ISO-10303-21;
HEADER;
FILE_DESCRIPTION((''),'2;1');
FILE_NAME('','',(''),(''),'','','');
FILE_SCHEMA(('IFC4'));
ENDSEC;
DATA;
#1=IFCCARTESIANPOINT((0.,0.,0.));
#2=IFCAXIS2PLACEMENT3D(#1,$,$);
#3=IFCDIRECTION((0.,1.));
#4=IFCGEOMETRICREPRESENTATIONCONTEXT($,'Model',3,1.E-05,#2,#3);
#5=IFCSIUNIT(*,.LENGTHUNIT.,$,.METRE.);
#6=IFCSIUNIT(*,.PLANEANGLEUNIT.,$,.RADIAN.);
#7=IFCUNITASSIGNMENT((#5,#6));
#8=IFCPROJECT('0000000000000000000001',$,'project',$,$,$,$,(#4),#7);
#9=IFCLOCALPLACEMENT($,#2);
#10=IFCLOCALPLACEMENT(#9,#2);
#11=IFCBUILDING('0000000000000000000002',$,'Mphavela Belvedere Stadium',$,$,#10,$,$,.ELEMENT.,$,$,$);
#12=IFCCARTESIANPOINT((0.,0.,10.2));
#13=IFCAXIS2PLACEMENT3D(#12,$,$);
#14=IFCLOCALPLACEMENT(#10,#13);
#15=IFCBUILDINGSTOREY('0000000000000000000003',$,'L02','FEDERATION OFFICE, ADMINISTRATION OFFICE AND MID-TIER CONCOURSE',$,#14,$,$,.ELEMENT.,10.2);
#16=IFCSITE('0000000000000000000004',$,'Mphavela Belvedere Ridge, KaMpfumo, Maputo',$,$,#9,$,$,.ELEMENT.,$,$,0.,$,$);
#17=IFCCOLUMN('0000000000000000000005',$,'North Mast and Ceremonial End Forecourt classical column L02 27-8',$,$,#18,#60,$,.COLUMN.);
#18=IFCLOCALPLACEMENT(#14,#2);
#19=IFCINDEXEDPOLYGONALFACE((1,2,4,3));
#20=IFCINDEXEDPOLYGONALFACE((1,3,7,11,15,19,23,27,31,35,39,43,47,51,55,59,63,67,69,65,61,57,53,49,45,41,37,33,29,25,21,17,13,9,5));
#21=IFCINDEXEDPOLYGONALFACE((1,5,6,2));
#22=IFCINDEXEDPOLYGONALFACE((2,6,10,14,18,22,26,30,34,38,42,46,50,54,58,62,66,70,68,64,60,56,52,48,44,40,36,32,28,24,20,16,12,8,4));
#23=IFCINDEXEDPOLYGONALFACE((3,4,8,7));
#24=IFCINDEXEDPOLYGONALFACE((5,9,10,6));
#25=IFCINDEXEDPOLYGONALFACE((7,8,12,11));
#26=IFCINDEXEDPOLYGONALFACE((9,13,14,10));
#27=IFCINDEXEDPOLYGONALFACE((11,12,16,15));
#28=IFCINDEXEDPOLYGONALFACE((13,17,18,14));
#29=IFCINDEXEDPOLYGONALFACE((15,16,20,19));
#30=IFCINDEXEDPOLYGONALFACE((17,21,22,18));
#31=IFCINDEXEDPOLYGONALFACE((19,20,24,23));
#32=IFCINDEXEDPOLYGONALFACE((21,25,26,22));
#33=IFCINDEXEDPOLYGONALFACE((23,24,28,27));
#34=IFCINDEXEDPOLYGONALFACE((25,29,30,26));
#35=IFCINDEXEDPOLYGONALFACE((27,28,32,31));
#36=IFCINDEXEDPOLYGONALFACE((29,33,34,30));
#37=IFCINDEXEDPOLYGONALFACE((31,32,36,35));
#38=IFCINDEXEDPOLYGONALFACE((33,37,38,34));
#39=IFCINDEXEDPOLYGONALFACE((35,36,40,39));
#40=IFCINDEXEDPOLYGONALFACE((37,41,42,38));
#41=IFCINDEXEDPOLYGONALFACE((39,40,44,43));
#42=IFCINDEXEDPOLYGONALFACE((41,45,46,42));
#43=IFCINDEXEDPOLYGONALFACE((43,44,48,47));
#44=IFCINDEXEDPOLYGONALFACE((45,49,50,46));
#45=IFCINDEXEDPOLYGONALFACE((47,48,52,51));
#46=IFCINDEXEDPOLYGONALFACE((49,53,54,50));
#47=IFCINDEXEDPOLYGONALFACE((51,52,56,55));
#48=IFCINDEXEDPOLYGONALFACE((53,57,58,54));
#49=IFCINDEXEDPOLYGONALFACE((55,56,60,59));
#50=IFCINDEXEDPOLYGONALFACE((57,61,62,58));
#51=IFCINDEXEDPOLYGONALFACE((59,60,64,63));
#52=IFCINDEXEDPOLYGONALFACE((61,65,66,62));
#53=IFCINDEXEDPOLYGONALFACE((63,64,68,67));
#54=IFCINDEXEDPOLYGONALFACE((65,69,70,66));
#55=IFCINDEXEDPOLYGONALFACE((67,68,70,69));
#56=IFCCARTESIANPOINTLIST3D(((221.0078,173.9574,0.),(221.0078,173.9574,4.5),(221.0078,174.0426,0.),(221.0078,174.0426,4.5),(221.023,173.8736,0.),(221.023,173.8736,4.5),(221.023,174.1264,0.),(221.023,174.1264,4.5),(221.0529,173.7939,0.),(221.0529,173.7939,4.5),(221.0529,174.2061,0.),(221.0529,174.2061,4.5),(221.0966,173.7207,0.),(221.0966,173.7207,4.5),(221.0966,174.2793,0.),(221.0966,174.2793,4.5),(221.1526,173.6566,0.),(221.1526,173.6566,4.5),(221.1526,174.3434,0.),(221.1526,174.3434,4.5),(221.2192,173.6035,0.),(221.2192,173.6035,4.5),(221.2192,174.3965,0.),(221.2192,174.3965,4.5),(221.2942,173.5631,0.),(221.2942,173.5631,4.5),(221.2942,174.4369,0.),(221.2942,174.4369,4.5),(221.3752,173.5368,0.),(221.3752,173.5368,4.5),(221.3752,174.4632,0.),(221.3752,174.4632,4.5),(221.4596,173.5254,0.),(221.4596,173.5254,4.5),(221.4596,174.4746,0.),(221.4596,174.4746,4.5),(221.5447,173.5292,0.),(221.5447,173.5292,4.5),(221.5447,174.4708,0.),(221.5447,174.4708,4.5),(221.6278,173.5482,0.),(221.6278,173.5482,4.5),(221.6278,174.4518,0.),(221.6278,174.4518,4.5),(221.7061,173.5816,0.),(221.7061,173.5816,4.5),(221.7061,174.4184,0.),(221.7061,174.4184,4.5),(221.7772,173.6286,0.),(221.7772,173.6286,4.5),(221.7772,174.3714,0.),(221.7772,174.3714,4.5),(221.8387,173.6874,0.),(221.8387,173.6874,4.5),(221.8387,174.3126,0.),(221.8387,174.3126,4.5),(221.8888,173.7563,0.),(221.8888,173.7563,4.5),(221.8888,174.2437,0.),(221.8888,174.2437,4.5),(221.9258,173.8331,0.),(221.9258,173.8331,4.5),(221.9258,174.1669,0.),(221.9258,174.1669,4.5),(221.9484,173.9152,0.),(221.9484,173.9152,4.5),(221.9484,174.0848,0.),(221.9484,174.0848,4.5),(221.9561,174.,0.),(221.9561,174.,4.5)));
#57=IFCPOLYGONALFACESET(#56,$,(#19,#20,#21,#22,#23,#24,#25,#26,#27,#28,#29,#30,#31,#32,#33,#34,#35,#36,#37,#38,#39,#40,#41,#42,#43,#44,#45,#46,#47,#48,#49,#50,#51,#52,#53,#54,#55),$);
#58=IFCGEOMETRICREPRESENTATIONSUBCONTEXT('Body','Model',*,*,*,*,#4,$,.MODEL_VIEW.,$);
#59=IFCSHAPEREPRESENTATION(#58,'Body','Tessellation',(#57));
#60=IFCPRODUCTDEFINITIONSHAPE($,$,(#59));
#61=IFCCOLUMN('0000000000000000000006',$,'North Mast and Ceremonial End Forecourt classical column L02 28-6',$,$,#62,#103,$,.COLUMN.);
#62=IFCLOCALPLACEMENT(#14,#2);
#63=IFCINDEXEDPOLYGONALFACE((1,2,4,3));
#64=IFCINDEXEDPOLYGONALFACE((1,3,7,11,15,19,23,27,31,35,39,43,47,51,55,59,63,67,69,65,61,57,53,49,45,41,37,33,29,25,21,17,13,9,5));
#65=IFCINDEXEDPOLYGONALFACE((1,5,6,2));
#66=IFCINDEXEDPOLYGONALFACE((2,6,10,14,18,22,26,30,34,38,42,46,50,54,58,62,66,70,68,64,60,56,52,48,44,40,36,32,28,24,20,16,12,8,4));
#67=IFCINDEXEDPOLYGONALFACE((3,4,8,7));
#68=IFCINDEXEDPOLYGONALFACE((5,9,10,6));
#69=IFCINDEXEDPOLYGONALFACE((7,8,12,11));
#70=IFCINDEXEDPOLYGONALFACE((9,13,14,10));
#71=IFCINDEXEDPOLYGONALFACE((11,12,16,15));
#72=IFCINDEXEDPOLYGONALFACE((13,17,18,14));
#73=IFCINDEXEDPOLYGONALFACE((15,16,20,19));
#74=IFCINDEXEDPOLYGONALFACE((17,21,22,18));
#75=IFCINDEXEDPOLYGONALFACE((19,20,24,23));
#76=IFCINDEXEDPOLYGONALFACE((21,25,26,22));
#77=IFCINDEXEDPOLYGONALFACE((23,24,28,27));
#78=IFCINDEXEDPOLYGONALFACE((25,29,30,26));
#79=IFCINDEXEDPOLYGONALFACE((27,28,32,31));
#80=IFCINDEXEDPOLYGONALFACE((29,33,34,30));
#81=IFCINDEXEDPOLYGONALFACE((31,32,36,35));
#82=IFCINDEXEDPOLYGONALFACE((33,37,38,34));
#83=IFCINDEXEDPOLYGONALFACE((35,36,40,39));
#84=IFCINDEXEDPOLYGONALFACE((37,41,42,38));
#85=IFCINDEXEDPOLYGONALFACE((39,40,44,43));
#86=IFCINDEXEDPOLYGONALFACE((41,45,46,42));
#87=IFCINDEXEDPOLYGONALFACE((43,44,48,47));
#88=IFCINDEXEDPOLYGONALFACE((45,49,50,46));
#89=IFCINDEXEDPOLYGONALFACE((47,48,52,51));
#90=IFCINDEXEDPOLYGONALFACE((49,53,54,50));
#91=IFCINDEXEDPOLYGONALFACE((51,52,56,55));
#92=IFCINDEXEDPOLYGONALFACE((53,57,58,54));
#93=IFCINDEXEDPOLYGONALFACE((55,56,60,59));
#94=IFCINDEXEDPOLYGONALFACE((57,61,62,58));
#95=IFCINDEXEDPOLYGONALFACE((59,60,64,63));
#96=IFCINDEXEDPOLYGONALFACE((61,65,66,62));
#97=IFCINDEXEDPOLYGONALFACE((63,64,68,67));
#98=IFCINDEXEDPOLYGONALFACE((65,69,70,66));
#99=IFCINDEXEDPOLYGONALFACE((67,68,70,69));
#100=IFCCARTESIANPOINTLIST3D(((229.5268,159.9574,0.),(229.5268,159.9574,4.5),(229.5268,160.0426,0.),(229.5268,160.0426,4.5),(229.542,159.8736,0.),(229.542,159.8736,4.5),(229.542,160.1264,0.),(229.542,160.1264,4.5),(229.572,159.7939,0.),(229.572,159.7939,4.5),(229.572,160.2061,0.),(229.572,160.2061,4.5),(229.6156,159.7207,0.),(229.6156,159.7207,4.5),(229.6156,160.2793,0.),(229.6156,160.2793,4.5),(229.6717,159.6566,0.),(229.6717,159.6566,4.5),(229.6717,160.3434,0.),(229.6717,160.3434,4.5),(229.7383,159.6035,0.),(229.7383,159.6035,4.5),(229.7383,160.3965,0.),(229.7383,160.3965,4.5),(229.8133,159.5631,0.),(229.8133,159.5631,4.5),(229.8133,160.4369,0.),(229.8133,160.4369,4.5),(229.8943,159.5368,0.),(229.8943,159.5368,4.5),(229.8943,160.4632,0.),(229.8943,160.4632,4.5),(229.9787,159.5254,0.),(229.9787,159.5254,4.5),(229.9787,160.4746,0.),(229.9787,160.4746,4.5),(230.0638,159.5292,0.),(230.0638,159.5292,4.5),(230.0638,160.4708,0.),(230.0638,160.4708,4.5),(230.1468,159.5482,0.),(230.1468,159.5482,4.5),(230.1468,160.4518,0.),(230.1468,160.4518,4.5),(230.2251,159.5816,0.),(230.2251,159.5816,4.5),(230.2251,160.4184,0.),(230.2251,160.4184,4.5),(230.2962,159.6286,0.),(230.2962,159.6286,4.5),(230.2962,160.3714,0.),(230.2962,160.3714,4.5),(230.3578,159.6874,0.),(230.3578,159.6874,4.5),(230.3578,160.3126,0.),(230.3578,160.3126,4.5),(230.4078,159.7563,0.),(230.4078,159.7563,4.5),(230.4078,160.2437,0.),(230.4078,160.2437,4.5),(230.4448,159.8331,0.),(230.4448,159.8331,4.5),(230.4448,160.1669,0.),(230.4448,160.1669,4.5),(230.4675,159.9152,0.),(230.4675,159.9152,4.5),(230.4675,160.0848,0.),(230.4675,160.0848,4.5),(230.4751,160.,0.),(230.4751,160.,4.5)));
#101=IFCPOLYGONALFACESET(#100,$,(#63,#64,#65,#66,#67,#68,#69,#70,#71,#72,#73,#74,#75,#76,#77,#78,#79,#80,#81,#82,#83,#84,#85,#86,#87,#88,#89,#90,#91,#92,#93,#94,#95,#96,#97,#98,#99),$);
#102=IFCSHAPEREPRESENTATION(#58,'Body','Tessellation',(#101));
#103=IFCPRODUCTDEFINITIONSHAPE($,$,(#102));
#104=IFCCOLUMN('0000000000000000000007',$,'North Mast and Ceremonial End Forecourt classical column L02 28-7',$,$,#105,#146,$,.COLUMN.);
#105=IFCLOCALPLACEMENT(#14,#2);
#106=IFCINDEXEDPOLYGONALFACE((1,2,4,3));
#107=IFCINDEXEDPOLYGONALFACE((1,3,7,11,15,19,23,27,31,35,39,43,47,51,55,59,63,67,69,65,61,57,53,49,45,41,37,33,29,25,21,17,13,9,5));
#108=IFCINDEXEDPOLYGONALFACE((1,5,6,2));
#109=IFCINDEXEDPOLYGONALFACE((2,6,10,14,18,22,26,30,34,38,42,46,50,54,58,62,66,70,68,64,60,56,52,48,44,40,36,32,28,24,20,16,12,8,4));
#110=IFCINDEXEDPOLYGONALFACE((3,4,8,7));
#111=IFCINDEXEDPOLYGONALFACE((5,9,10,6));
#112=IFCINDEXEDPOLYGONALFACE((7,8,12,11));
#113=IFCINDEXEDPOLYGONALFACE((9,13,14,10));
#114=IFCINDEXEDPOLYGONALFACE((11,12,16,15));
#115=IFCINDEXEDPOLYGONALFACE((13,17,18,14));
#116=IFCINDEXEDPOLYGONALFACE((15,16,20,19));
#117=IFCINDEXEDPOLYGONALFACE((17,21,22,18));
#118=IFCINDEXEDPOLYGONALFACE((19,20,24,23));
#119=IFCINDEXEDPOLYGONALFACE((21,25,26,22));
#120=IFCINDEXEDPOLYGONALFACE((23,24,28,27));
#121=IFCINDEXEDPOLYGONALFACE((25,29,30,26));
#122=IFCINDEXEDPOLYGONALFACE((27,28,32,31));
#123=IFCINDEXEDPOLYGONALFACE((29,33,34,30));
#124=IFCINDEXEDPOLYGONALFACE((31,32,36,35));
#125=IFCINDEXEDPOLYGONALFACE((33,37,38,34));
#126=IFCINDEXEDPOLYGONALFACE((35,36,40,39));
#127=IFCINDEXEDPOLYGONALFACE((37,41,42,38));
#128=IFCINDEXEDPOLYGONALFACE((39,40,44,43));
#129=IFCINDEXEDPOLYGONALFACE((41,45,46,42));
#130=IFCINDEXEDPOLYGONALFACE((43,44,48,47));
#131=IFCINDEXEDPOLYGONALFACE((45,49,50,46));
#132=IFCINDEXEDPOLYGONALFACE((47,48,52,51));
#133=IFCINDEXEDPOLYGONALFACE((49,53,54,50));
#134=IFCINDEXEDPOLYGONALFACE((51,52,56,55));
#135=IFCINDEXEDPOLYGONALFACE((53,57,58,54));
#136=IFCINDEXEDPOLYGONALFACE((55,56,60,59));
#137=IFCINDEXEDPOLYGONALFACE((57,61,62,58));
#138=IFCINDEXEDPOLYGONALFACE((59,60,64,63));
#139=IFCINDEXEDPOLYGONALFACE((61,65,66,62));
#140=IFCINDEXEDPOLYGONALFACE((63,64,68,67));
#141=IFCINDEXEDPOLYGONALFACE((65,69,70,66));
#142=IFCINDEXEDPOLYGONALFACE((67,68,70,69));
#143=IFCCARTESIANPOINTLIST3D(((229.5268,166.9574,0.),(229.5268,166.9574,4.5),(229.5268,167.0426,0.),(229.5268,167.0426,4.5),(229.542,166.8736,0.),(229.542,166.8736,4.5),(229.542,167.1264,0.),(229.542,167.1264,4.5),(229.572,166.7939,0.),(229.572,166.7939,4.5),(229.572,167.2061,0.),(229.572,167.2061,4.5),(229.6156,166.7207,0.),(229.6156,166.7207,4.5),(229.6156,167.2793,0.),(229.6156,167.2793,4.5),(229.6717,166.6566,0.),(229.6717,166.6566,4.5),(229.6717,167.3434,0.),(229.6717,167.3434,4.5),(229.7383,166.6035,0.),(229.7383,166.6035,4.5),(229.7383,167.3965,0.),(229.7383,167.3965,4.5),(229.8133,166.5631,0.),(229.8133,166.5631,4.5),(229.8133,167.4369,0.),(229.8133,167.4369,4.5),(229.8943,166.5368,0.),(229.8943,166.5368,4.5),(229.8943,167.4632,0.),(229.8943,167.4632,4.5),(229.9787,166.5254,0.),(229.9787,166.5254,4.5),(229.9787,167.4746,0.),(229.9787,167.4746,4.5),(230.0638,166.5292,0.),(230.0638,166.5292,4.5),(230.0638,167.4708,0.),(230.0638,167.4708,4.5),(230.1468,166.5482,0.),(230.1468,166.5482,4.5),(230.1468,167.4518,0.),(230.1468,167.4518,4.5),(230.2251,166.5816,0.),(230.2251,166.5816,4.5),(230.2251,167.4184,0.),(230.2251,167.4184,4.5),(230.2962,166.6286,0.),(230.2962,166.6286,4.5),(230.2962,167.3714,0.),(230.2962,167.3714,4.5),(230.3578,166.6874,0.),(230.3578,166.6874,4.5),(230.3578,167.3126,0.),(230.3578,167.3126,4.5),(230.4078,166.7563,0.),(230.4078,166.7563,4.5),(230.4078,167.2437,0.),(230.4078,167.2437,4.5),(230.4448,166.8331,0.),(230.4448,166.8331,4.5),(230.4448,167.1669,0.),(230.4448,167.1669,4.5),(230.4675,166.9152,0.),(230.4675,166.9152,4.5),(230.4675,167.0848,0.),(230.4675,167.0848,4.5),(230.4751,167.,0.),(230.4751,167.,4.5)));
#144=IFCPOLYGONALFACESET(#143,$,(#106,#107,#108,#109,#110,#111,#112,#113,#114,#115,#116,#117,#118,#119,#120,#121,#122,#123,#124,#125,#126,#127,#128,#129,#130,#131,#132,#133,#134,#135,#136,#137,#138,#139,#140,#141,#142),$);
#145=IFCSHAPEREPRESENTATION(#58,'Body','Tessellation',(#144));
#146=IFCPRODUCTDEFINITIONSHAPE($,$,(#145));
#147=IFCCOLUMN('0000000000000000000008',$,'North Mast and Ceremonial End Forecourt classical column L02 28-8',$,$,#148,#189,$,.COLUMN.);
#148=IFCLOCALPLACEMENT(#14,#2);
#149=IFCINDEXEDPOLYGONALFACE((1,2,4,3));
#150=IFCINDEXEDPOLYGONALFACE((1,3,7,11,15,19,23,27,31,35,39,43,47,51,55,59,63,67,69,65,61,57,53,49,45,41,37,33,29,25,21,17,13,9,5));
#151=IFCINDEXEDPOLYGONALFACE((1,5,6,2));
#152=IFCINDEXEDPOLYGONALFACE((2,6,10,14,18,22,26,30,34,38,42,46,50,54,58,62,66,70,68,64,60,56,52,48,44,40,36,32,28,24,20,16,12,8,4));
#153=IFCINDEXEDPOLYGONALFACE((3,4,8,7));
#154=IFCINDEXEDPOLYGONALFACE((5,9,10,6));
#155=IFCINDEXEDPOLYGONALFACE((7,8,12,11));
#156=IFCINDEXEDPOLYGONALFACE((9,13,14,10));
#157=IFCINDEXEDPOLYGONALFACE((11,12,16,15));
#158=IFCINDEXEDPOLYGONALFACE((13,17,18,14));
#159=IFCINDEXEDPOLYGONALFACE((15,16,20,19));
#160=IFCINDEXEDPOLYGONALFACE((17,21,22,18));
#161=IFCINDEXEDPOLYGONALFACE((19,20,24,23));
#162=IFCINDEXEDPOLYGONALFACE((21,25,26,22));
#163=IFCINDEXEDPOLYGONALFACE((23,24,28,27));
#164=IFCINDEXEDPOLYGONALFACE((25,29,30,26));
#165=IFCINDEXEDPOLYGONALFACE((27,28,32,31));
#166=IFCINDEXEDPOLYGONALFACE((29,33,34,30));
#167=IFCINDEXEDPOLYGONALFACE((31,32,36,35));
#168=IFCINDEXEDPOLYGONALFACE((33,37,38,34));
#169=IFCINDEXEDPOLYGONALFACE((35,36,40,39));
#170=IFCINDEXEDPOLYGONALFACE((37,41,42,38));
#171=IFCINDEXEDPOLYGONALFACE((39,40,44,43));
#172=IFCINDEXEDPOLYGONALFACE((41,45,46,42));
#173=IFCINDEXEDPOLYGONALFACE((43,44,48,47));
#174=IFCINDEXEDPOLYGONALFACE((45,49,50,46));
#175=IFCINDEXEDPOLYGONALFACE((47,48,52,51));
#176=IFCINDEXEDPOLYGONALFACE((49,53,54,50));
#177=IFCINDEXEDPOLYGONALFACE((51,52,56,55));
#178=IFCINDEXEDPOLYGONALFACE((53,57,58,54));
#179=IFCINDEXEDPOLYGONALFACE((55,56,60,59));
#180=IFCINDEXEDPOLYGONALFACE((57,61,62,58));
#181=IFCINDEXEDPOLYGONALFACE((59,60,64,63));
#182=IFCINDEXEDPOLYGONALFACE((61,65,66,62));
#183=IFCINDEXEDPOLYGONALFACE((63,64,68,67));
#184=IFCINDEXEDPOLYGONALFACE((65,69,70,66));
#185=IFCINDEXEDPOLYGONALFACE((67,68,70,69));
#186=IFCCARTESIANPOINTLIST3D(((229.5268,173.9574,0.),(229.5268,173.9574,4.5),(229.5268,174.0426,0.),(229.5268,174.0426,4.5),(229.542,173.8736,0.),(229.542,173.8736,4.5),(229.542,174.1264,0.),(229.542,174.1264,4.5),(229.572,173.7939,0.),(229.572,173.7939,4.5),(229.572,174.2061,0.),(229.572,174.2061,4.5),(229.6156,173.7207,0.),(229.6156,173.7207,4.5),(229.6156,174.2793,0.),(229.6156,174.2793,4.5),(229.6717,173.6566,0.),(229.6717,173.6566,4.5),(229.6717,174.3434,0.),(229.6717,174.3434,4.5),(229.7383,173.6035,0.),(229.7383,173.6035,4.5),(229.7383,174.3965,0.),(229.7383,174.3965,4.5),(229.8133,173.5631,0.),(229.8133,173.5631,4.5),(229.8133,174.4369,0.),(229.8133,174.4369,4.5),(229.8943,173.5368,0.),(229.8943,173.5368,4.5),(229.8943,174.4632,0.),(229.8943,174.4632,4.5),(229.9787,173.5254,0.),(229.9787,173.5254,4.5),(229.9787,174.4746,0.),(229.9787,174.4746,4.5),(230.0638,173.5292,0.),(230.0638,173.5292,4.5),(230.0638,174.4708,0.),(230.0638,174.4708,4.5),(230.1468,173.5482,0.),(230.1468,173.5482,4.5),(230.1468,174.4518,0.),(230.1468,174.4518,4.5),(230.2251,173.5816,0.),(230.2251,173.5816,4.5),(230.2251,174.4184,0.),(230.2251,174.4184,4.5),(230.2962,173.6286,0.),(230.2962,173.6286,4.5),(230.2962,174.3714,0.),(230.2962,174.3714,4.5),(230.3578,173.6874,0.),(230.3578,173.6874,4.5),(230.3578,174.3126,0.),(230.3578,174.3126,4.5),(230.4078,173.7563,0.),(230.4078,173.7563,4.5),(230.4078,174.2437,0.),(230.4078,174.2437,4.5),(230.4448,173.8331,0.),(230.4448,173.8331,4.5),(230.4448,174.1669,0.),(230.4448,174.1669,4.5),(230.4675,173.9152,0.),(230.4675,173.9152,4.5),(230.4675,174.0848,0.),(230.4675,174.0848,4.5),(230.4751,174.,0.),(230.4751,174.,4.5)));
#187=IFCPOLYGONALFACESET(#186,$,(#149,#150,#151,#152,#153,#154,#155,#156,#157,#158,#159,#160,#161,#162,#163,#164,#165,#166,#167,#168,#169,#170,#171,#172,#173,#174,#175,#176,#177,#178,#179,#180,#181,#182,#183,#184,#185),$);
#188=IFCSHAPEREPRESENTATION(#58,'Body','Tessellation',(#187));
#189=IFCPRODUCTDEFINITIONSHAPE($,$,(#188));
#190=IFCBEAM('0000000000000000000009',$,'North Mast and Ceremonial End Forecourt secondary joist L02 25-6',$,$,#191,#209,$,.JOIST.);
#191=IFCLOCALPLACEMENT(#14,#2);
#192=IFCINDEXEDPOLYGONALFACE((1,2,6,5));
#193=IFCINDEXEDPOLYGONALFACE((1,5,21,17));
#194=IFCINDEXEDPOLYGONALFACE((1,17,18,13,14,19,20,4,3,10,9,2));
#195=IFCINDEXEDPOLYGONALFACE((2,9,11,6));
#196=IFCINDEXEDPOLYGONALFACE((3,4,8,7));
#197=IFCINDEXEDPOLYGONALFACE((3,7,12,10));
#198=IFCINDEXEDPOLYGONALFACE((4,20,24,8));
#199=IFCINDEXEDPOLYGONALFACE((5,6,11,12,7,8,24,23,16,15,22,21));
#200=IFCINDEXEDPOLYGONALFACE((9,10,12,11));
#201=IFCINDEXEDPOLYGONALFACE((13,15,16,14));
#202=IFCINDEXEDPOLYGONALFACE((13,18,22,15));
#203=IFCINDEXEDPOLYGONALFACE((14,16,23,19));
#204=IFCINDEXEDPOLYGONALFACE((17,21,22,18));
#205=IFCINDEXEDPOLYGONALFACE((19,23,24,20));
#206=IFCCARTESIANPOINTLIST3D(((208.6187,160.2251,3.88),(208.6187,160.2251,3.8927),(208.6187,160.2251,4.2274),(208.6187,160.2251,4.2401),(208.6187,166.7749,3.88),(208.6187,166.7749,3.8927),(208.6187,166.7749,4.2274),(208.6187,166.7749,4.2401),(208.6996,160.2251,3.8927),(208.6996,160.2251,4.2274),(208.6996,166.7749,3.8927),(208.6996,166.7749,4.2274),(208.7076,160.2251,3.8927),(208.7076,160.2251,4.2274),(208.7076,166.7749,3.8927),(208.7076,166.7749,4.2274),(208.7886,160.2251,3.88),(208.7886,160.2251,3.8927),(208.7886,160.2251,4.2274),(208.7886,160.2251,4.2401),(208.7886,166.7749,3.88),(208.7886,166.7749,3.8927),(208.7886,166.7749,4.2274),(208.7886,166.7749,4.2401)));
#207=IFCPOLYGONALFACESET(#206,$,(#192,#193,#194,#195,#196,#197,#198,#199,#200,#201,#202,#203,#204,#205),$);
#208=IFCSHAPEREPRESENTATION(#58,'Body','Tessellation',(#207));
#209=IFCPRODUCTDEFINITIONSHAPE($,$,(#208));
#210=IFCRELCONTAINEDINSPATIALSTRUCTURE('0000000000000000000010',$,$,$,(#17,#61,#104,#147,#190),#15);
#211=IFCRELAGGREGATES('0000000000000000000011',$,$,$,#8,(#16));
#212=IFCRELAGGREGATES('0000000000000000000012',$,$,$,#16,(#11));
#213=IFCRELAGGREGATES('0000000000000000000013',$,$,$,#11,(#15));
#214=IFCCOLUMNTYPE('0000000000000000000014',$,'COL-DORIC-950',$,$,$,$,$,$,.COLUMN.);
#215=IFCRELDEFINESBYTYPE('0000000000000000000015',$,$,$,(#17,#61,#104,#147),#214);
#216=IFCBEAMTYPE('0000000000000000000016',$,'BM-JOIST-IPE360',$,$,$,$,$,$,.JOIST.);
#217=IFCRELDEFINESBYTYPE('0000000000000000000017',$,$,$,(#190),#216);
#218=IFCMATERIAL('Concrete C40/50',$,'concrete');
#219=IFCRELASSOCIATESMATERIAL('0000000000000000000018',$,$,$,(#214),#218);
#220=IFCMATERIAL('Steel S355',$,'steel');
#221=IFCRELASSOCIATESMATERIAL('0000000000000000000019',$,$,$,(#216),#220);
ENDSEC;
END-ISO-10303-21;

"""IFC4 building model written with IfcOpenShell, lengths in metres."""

from ifc_helpers import new_model, si_unit, direction, frame, origin, origin_2d, place, context, subcontext, project, spatial, circle, i_section, extrude, material, material_profile, profile_set, type_object, element, save


model = new_model("IFC4")

# Units and contexts
model_context = context("Model", 3, precision=1e-05, world=origin(), true_north=direction((0.0, 1.0)))
body_context = subcontext(model_context, "Body", "Model", "MODEL_VIEW")
ifc_project = project(units=[si_unit("LENGTHUNIT", "METRE"), si_unit("PLANEANGLEUNIT", "RADIAN")], contexts=[model_context])

# Site, building, storey
site_placement = place(None, origin())
site = spatial("IfcSite", under=ifc_project, at=site_placement, Name="Mphavela Belvedere Ridge, KaMpfumo, Maputo", CompositionType="ELEMENT", RefElevation=0.0)
building_placement = place(site_placement, origin())
building = spatial("IfcBuilding", under=site, at=building_placement, Name="Mphavela Belvedere Stadium", CompositionType="ELEMENT")
storey_placement = place(building_placement, frame((0.0, 0.0, 10.2)))
storey = spatial("IfcBuildingStorey", under=building, at=storey_placement, Name="L02", Description="FEDERATION OFFICE, ADMINISTRATION OFFICE AND MID-TIER CONCOURSE", CompositionType="ELEMENT", Elevation=10.2)

# Columns
ifc_material_1 = material(Name="Concrete C40/50", Category="concrete")
ifc_material_profile_1 = material_profile(ifc_material_1, circle(Radius=0.4751, at=origin_2d()), Name="COL D950")
ifc_profile_set_1 = profile_set([ifc_material_profile_1], Name="Concrete C40/50")
column_type = type_object("IfcColumnType", Name="COL-DORIC-950", PredefinedType="COLUMN", material=ifc_profile_set_1)
for number, where, z_axis, x_axis, name in (
    (1, (221.481, 174.0, 0.0), (0.0, 0.0, 1.0), (1.0, 0.0, 0.0), "North Mast and Ceremonial End Forecourt classical column L02 27-8"),
    (2, (230.0, 160.0, 0.0), (0.0, 0.0, 1.0), (1.0, 0.0, 0.0), "North Mast and Ceremonial End Forecourt classical column L02 28-6"),
    (3, (230.0, 167.0, 0.0), (0.0, 0.0, 1.0), (1.0, 0.0, 0.0), "North Mast and Ceremonial End Forecourt classical column L02 28-7"),
    (4, (230.0, 174.0, 0.0), (0.0, 0.0, 1.0), (1.0, 0.0, 0.0), "North Mast and Ceremonial End Forecourt classical column L02 28-8"),
):
    element("IfcColumn", number, at=place(storey_placement, frame(where, z_axis=z_axis, x_axis=x_axis)), inside=storey, type_object=column_type, Name=name, PredefinedType="COLUMN", context=body_context, shape_type="SweptSolid", body=[
        extrude(circle(Radius=0.4751, at=origin_2d()), origin(), (0.0, 0.0, 1.0), 4.5),
    ])

# Beam
ifc_material_2 = material(Name="Steel S355", Category="steel")
ifc_material_profile_2 = material_profile(ifc_material_2, i_section(OverallWidth=0.1699, OverallDepth=0.3601, WebThickness=0.0081, FlangeThickness=0.0127, at=origin_2d()), Name="IPE 360")
ifc_profile_set_2 = profile_set([ifc_material_profile_2], Name="Steel S355")
beam_type_1 = type_object("IfcBeamType", Name="BM-JOIST-IPE360", PredefinedType="JOIST", material=ifc_profile_set_2)
for number, where, z_axis, x_axis, name in (
    (5, (208.7036, 160.2251, 4.0601), (0.0, 1.0, 0.0), (-1.0, 0.0, 0.0), "North Mast and Ceremonial End Forecourt secondary joist L02 25-6"),
):
    element("IfcBeam", number, at=place(storey_placement, frame(where, z_axis=z_axis, x_axis=x_axis)), inside=storey, type_object=beam_type_1, Name=name, PredefinedType="JOIST", context=body_context, shape_type="SweptSolid", body=[
        extrude(i_section(OverallWidth=0.1699, OverallDepth=0.3601, WebThickness=0.0081, FlangeThickness=0.0127, at=origin_2d()), origin(), (0.0, 0.0, 1.0), 6.5498),
    ])

save(model, "model.ifc")
